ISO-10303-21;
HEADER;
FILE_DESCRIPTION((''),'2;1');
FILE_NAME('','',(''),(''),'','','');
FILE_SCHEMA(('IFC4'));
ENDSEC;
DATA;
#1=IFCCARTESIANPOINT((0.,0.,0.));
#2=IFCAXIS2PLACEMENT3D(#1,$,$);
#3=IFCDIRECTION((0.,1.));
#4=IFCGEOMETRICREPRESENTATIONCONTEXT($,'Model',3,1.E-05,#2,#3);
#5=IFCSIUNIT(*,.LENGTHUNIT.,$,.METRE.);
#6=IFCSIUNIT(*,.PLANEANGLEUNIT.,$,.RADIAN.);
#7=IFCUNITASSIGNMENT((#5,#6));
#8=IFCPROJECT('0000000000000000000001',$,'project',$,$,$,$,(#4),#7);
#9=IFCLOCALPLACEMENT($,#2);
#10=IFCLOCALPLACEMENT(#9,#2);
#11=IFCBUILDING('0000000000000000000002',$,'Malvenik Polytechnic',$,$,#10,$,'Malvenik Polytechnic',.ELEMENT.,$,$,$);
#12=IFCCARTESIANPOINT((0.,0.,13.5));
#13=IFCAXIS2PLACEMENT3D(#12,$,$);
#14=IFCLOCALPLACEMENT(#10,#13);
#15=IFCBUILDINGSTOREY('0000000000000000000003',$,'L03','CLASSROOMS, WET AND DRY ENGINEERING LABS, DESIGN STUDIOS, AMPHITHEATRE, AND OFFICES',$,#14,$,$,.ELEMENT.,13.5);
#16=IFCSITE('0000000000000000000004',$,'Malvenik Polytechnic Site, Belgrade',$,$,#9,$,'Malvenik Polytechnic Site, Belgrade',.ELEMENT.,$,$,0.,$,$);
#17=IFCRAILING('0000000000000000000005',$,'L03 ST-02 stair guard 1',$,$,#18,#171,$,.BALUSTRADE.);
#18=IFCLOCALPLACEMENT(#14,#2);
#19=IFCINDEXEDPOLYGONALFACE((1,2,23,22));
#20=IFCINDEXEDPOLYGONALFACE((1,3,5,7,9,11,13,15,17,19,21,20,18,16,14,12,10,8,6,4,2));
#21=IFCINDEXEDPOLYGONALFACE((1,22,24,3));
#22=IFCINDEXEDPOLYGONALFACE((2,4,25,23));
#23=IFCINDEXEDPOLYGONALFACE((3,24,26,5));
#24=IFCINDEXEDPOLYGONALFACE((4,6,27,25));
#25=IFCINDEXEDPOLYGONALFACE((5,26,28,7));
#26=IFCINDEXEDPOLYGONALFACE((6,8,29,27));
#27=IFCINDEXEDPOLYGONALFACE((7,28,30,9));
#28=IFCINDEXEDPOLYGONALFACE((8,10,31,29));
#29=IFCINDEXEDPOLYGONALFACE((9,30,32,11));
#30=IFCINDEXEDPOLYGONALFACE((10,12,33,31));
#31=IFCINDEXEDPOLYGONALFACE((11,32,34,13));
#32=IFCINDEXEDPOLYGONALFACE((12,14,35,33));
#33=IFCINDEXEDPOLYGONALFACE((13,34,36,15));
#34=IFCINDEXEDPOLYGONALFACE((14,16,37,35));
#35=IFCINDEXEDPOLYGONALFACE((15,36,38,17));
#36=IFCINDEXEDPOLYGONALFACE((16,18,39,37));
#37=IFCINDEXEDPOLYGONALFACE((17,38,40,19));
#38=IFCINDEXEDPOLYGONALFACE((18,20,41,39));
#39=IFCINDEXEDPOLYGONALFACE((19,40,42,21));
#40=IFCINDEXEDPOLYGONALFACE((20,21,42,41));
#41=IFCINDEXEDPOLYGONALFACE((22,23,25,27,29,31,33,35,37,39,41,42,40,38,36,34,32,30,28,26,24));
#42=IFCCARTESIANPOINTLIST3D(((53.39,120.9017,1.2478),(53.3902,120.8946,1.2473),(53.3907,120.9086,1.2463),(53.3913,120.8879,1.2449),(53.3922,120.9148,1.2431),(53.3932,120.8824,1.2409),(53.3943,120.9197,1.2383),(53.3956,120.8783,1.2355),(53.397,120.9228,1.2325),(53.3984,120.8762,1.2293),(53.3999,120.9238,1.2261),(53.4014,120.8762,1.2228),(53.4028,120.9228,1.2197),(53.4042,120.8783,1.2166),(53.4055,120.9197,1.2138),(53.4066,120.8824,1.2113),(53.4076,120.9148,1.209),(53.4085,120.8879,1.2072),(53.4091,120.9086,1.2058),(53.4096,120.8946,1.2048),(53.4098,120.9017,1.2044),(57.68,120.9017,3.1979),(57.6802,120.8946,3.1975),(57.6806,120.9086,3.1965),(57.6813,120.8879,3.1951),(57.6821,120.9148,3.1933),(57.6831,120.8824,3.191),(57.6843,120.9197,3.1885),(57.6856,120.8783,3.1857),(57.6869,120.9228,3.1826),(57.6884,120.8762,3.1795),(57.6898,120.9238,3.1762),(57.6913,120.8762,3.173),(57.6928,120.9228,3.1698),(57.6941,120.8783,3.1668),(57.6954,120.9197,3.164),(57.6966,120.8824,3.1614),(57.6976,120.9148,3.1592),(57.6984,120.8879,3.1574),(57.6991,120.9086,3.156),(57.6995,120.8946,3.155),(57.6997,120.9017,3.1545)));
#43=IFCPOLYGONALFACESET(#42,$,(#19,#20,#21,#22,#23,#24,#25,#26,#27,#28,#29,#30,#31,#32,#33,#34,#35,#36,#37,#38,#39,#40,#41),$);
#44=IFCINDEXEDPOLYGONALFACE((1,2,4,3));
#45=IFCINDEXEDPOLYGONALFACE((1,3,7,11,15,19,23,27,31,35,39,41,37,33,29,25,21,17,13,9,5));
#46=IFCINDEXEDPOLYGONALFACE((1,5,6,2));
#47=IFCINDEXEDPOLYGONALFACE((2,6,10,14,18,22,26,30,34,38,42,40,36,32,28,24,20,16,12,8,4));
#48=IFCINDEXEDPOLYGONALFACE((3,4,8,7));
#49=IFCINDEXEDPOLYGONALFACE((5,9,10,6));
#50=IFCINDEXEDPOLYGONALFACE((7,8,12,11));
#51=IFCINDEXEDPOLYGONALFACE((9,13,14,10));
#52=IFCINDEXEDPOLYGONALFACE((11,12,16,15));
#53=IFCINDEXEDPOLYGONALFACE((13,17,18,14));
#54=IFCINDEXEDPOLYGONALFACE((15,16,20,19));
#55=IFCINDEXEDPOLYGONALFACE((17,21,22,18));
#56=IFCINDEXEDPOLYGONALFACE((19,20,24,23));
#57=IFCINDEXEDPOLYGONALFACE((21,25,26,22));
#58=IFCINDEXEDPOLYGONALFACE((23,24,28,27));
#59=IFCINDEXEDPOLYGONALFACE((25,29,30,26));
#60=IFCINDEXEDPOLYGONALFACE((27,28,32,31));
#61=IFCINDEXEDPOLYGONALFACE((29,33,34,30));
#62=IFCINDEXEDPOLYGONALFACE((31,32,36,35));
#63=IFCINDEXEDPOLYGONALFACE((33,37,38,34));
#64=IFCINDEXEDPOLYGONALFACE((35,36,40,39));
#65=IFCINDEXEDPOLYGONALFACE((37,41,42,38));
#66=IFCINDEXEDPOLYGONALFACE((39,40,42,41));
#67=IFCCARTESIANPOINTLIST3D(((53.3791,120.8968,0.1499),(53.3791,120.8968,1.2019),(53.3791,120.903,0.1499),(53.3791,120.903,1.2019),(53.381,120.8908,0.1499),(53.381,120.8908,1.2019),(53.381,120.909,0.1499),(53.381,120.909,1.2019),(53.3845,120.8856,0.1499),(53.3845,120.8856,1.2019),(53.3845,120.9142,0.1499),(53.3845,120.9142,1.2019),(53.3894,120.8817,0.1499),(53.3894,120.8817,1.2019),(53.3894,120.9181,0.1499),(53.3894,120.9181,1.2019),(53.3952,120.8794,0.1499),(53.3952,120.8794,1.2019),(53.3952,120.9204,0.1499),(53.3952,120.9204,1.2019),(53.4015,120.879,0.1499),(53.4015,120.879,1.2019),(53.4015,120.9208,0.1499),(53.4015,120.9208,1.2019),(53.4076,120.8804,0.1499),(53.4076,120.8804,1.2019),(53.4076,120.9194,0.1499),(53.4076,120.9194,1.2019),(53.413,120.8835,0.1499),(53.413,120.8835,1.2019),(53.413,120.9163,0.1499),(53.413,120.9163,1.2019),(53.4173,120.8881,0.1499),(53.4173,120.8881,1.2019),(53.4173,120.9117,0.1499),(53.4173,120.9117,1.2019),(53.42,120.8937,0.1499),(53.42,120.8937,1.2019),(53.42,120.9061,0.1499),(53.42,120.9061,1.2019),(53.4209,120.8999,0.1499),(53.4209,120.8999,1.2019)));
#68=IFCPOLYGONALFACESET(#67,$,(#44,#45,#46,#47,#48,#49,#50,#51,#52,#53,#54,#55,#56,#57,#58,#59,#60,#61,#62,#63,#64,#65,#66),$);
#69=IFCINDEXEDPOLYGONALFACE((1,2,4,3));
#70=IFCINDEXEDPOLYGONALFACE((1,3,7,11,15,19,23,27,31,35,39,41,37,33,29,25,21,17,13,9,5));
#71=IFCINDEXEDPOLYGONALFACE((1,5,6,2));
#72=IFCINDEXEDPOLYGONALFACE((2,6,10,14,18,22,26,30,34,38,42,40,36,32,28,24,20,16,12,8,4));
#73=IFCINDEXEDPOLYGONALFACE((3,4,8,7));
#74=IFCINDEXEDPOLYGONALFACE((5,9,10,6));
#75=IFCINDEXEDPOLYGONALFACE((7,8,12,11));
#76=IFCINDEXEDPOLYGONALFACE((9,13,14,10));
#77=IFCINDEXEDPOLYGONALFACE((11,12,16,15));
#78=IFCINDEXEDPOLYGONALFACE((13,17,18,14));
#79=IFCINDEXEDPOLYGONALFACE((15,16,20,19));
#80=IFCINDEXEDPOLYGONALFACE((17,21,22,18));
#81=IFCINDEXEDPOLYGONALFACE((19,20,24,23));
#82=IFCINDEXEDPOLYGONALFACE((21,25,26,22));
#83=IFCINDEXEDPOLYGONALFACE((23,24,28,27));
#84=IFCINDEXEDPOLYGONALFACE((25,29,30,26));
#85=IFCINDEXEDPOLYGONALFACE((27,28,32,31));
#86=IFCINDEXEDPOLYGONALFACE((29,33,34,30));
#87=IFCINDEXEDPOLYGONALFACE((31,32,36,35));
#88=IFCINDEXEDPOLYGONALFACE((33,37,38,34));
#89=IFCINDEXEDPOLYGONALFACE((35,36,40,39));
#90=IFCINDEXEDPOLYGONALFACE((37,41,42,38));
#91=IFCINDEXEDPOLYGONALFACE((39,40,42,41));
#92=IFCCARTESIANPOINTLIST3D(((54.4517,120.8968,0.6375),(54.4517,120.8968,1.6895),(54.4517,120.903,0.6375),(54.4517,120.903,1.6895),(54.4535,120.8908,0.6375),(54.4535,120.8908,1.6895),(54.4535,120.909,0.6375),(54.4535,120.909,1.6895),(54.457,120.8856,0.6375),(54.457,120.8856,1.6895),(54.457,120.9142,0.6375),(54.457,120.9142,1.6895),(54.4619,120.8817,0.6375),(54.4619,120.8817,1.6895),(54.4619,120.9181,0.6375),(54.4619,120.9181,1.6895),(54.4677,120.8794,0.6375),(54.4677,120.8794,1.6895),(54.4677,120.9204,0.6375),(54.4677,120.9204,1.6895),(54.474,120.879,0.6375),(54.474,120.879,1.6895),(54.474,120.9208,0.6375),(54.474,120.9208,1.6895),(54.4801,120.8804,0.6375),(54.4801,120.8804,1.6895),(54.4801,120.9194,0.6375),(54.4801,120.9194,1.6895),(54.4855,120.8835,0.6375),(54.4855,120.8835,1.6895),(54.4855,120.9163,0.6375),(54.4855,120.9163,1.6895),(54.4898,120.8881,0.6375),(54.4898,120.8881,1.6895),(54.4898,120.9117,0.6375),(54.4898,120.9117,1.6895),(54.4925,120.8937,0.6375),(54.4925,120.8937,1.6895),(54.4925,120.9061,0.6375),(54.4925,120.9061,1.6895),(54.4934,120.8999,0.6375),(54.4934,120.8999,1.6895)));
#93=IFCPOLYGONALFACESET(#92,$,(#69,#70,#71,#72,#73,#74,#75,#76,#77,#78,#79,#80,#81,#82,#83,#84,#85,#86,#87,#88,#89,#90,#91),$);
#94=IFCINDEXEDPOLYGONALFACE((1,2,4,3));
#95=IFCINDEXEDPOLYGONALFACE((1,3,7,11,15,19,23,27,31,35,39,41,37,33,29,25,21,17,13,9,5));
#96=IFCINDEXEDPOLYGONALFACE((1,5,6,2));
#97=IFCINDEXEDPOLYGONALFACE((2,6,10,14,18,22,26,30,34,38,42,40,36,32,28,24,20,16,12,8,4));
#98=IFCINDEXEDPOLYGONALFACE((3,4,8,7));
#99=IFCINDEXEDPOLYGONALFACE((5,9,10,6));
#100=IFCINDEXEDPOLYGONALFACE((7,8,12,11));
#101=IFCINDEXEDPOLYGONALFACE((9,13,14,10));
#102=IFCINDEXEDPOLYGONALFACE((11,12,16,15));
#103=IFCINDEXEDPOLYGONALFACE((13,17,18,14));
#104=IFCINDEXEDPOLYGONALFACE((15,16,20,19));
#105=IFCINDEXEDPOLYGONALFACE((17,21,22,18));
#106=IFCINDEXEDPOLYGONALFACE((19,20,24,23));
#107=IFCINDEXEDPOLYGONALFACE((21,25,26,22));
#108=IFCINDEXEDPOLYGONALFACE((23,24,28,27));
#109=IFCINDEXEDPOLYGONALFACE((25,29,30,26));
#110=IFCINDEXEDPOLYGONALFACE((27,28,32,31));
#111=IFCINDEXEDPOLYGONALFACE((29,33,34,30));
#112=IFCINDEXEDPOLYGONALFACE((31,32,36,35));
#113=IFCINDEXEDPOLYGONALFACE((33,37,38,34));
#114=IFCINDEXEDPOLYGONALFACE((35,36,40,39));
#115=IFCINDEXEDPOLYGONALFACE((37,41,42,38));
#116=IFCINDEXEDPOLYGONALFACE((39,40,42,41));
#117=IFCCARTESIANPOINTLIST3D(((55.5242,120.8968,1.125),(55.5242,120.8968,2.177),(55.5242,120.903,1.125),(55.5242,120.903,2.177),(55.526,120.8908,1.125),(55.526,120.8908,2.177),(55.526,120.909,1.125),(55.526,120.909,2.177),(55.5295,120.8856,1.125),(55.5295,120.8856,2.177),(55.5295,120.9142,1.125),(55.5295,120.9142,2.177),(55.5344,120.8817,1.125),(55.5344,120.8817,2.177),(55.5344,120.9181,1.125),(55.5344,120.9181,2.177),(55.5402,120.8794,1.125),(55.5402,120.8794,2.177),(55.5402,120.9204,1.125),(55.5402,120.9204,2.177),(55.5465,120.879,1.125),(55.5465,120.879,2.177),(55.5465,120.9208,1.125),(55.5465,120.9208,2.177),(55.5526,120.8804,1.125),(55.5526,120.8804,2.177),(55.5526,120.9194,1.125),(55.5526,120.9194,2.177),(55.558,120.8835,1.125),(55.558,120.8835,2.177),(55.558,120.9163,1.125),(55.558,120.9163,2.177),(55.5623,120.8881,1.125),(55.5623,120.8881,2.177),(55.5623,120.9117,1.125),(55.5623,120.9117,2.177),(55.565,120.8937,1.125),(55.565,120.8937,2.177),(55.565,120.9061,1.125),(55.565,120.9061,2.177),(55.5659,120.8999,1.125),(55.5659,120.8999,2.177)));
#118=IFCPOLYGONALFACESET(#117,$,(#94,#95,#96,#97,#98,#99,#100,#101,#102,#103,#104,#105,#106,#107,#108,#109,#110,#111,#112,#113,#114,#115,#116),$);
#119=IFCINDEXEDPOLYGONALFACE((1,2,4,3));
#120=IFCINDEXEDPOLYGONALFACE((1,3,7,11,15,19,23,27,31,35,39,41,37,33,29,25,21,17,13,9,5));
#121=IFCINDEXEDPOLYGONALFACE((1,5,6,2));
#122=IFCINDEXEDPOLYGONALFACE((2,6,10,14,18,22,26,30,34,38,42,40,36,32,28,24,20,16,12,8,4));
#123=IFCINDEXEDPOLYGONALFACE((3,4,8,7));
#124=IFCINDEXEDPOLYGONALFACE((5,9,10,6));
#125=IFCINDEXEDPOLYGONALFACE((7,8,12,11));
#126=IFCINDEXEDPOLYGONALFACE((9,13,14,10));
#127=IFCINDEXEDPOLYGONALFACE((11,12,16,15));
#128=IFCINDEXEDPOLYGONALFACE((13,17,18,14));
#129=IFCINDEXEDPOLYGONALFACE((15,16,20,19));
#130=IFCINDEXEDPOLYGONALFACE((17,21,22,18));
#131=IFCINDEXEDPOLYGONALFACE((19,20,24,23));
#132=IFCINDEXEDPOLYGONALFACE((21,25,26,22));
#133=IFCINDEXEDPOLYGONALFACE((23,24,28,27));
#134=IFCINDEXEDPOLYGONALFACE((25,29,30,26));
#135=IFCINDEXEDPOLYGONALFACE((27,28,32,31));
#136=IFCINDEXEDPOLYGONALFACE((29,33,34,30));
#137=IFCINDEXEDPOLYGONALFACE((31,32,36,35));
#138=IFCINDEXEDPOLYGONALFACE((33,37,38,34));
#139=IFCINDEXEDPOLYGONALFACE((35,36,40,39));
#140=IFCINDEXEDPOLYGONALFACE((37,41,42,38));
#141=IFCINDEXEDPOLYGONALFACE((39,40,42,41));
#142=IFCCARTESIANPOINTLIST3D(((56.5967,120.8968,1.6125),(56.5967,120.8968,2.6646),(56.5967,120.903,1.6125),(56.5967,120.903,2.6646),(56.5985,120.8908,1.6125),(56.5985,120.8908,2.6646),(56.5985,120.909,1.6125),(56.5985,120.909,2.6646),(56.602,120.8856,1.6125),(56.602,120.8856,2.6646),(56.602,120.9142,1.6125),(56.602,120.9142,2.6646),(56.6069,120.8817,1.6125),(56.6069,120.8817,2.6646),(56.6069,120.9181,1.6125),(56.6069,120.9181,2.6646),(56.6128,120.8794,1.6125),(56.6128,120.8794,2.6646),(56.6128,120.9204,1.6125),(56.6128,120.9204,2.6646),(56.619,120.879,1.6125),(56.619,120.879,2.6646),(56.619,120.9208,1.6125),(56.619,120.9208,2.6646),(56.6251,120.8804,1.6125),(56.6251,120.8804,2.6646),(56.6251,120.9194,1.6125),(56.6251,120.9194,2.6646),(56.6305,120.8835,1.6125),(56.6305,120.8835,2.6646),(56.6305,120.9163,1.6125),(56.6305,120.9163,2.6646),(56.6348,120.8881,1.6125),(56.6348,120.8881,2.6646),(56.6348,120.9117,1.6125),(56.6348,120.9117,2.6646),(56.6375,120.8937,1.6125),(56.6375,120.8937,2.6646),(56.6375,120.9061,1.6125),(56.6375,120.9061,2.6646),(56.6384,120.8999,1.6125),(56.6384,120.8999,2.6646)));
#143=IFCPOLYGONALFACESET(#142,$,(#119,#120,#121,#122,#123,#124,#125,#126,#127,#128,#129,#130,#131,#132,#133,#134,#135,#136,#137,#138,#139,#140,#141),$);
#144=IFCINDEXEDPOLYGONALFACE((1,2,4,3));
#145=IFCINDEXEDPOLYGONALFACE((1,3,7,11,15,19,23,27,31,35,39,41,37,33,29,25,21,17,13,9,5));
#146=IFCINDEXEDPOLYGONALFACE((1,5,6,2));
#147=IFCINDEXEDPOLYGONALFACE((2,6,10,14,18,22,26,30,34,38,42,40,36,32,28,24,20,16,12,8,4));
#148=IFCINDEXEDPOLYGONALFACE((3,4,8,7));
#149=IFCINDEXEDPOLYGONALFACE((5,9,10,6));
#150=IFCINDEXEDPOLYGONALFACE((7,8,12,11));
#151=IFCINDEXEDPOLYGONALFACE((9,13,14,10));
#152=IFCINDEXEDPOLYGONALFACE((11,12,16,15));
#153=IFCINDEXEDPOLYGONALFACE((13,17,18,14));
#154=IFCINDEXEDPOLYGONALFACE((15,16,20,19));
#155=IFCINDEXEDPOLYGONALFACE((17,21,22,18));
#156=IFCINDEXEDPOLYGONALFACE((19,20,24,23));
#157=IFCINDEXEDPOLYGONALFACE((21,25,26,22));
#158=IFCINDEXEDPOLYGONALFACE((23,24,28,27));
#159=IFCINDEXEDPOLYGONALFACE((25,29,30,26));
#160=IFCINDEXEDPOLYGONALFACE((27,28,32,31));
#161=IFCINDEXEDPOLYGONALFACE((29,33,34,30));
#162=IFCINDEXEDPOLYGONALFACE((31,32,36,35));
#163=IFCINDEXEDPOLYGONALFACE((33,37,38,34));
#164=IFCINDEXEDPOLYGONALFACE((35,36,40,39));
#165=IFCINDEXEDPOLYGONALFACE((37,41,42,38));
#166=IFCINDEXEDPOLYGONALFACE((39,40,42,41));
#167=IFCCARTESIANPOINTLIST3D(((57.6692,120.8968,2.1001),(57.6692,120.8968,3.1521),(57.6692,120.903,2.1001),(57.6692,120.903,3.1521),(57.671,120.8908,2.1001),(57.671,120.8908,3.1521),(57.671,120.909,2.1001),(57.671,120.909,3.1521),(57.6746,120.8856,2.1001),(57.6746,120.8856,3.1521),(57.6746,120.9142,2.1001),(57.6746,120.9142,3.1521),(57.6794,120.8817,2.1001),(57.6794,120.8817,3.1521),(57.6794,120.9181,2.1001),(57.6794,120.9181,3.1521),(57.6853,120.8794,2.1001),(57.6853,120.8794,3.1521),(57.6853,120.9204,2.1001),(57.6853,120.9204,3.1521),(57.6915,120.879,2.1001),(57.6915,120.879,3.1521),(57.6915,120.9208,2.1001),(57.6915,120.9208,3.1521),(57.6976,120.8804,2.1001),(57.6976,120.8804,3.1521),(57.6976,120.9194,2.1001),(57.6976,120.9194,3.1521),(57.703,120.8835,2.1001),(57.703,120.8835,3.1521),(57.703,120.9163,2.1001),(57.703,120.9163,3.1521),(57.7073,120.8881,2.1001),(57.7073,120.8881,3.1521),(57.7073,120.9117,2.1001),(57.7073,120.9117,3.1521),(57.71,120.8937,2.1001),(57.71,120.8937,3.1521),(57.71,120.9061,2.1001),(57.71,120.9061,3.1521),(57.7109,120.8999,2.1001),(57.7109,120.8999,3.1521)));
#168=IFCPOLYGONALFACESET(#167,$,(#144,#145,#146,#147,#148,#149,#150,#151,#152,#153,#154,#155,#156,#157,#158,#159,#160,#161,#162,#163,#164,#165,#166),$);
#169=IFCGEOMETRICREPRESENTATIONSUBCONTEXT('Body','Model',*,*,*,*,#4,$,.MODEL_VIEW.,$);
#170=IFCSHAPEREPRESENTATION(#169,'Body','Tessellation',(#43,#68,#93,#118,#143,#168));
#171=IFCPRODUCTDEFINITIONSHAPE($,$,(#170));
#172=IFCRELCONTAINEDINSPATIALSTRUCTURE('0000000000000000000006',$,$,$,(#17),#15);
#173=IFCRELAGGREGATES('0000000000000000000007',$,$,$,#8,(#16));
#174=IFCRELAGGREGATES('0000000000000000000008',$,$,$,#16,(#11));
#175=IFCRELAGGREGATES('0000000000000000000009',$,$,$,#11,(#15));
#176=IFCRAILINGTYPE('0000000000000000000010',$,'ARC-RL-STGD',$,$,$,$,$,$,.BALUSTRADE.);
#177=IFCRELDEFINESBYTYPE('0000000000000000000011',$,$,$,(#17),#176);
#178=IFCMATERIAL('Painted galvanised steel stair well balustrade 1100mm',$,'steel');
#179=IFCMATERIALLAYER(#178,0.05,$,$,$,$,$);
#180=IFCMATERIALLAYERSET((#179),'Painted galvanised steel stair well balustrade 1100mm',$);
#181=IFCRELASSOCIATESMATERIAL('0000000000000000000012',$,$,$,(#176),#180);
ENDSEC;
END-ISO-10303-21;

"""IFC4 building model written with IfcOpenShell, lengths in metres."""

from ifc_helpers import new_model, si_unit, direction, frame, origin, origin_2d, place, context, subcontext, project, spatial, circle, extrude, material, layer, layer_set, type_object, element, save


model = new_model("IFC4")

# Units and contexts
model_context = context("Model", 3, precision=1e-05, world=origin(), true_north=direction((0.0, 1.0)))
body_context = subcontext(model_context, "Body", "Model", "MODEL_VIEW")
ifc_project = project(units=[si_unit("LENGTHUNIT", "METRE"), si_unit("PLANEANGLEUNIT", "RADIAN")], contexts=[model_context])

# Site, building, storey
site_placement = place(None, origin())
site = spatial("IfcSite", under=ifc_project, at=site_placement, Name="Malvenik Polytechnic Site, Belgrade", LongName="Malvenik Polytechnic Site, Belgrade", CompositionType="ELEMENT", RefElevation=0.0)
building_placement = place(site_placement, origin())
building = spatial("IfcBuilding", under=site, at=building_placement, Name="Malvenik Polytechnic", LongName="Malvenik Polytechnic", CompositionType="ELEMENT")
storey_placement = place(building_placement, frame((0.0, 0.0, 13.5)))
storey = spatial("IfcBuildingStorey", under=building, at=storey_placement, Name="L03", Description="CLASSROOMS, WET AND DRY ENGINEERING LABS, DESIGN STUDIOS, AMPHITHEATRE, AND OFFICES", CompositionType="ELEMENT", Elevation=13.5)

# Railing
ifc_material_1 = material(Name="Painted galvanised steel stair well balustrade 1100mm", Category="steel")
ifc_layer_1 = layer(ifc_material_1, 0.05)
ifc_layer_set_1 = layer_set([ifc_layer_1], Name="Painted galvanised steel stair well balustrade 1100mm")
railing_type_1 = type_object("IfcRailingType", Name="ARC-RL-STGD", PredefinedType="BALUSTRADE", material=ifc_layer_set_1)
railing_1_placement = place(storey_placement, frame((53.3999, 120.8999, 0.1499)))
element("IfcRailing", 1, at=railing_1_placement, inside=storey, type_object=railing_type_1, Name="L03 ST-02 stair guard 1", PredefinedType="BALUSTRADE", context=body_context, shape_type="SweptSolid", body=[
    extrude(circle(Radius=0.0239, at=origin_2d()), frame((0.0, 0.0, 1.0762), z_axis=(0.910352, 0.0, 0.413834), x_axis=(0.0, 1.0, 0.0)), (0.0, 0.0, 1.0), 4.7124),
    extrude(circle(Radius=0.021, at=origin_2d()), origin(), (0.0, 0.0, 1.0), 1.052),
    extrude(circle(Radius=0.021, at=origin_2d()), frame((1.0725, 0.0, 0.4875)), (0.0, 0.0, 1.0), 1.052),
    extrude(circle(Radius=0.021, at=origin_2d()), frame((2.145, 0.0, 0.9751)), (0.0, 0.0, 1.0), 1.052),
    extrude(circle(Radius=0.021, at=origin_2d()), frame((3.2175, 0.0, 1.4626)), (0.0, 0.0, 1.0), 1.052),
    extrude(circle(Radius=0.021, at=origin_2d()), frame((4.29, 0.0, 1.9502)), (0.0, 0.0, 1.0), 1.052),
])

save(model, "model.ifc")
